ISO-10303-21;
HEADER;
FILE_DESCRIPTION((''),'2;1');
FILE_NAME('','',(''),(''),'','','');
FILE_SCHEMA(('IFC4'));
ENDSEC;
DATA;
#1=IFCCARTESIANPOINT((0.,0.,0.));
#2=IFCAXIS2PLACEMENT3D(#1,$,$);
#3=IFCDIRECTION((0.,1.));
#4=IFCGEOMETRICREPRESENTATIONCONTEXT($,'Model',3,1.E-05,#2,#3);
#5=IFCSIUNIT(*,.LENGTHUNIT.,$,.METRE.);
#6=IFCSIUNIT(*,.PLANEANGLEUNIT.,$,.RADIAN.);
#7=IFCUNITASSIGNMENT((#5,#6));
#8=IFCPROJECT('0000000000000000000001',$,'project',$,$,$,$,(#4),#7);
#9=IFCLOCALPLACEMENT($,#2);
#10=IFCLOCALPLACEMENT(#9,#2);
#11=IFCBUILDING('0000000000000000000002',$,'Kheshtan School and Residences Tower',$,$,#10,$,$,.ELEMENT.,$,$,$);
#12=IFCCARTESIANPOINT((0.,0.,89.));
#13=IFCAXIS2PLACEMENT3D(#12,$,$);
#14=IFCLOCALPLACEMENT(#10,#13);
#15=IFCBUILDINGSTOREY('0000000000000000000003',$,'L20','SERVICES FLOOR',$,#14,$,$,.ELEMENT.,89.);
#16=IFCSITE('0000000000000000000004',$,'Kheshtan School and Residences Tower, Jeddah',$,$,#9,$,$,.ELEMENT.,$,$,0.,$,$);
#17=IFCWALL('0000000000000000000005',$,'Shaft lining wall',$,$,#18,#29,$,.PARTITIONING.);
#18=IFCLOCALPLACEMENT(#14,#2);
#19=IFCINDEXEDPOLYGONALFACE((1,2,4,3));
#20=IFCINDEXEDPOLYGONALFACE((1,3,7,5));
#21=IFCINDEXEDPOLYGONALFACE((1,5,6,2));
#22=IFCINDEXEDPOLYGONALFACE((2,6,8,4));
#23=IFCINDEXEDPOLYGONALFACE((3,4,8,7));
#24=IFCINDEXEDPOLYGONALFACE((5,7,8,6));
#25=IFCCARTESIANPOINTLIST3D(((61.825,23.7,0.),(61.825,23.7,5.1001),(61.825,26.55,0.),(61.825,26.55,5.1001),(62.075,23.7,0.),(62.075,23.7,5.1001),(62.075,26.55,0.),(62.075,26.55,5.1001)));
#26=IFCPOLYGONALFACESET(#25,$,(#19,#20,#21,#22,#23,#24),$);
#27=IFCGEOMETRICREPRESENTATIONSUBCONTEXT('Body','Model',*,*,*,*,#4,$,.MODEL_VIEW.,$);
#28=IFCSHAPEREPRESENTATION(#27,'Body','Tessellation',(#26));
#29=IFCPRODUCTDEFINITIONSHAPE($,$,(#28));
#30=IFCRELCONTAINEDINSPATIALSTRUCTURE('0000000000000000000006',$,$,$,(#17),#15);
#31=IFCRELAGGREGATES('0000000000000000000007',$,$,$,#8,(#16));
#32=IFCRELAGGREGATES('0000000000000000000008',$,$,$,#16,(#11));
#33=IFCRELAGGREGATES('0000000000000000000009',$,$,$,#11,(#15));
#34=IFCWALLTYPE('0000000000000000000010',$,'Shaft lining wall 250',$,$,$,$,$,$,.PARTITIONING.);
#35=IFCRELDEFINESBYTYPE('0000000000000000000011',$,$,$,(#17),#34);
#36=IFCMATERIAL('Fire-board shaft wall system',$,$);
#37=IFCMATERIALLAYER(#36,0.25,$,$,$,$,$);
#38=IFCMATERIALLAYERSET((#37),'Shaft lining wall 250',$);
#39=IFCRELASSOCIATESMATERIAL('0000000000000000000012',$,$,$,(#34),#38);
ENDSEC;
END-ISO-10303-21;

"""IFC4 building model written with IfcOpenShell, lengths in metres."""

from ifc_helpers import new_model, si_unit, direction, frame, frame_2d, origin, place, context, subcontext, project, spatial, rectangle, extrude, material, layer, layer_set, type_object, element, save


model = new_model("IFC4")

# Units and contexts
model_context = context("Model", 3, precision=1e-05, world=origin(), true_north=direction((0.0, 1.0)))
body_context = subcontext(model_context, "Body", "Model", "MODEL_VIEW")
ifc_project = project(units=[si_unit("LENGTHUNIT", "METRE"), si_unit("PLANEANGLEUNIT", "RADIAN")], contexts=[model_context])

# Site, building, storey
site_placement = place(None, origin())
site = spatial("IfcSite", under=ifc_project, at=site_placement, Name="Kheshtan School and Residences Tower, Jeddah", CompositionType="ELEMENT", RefElevation=0.0)
building_placement = place(site_placement, origin())
building = spatial("IfcBuilding", under=site, at=building_placement, Name="Kheshtan School and Residences Tower", CompositionType="ELEMENT")
storey_placement = place(building_placement, frame((0.0, 0.0, 89.0)))
storey = spatial("IfcBuildingStorey", under=building, at=storey_placement, Name="L20", Description="SERVICES FLOOR", CompositionType="ELEMENT", Elevation=89.0)

# Wall
ifc_material_1 = material(Name="Fire-board shaft wall system")
ifc_layer_1 = layer(ifc_material_1, 0.25)
ifc_layer_set_1 = layer_set([ifc_layer_1], Name="Shaft lining wall 250")
wall_type_1 = type_object("IfcWallType", Name="Shaft lining wall 250", PredefinedType="PARTITIONING", material=ifc_layer_set_1)
wall_1_placement = place(storey_placement, frame((61.95, 23.7, 0.0), z_axis=(0.0, 0.0, 1.0), x_axis=(0.0, 1.0, 0.0)))
element("IfcWall", 1, at=wall_1_placement, inside=storey, type_object=wall_type_1, Name="Shaft lining wall", PredefinedType="PARTITIONING", context=body_context, shape_type="SweptSolid", body=[
    extrude(rectangle(XDim=2.8501, YDim=0.25, at=frame_2d((1.425, 0.0))), origin(), (0.0, 0.0, 1.0), 5.1001),
])

save(model, "model.ifc")
